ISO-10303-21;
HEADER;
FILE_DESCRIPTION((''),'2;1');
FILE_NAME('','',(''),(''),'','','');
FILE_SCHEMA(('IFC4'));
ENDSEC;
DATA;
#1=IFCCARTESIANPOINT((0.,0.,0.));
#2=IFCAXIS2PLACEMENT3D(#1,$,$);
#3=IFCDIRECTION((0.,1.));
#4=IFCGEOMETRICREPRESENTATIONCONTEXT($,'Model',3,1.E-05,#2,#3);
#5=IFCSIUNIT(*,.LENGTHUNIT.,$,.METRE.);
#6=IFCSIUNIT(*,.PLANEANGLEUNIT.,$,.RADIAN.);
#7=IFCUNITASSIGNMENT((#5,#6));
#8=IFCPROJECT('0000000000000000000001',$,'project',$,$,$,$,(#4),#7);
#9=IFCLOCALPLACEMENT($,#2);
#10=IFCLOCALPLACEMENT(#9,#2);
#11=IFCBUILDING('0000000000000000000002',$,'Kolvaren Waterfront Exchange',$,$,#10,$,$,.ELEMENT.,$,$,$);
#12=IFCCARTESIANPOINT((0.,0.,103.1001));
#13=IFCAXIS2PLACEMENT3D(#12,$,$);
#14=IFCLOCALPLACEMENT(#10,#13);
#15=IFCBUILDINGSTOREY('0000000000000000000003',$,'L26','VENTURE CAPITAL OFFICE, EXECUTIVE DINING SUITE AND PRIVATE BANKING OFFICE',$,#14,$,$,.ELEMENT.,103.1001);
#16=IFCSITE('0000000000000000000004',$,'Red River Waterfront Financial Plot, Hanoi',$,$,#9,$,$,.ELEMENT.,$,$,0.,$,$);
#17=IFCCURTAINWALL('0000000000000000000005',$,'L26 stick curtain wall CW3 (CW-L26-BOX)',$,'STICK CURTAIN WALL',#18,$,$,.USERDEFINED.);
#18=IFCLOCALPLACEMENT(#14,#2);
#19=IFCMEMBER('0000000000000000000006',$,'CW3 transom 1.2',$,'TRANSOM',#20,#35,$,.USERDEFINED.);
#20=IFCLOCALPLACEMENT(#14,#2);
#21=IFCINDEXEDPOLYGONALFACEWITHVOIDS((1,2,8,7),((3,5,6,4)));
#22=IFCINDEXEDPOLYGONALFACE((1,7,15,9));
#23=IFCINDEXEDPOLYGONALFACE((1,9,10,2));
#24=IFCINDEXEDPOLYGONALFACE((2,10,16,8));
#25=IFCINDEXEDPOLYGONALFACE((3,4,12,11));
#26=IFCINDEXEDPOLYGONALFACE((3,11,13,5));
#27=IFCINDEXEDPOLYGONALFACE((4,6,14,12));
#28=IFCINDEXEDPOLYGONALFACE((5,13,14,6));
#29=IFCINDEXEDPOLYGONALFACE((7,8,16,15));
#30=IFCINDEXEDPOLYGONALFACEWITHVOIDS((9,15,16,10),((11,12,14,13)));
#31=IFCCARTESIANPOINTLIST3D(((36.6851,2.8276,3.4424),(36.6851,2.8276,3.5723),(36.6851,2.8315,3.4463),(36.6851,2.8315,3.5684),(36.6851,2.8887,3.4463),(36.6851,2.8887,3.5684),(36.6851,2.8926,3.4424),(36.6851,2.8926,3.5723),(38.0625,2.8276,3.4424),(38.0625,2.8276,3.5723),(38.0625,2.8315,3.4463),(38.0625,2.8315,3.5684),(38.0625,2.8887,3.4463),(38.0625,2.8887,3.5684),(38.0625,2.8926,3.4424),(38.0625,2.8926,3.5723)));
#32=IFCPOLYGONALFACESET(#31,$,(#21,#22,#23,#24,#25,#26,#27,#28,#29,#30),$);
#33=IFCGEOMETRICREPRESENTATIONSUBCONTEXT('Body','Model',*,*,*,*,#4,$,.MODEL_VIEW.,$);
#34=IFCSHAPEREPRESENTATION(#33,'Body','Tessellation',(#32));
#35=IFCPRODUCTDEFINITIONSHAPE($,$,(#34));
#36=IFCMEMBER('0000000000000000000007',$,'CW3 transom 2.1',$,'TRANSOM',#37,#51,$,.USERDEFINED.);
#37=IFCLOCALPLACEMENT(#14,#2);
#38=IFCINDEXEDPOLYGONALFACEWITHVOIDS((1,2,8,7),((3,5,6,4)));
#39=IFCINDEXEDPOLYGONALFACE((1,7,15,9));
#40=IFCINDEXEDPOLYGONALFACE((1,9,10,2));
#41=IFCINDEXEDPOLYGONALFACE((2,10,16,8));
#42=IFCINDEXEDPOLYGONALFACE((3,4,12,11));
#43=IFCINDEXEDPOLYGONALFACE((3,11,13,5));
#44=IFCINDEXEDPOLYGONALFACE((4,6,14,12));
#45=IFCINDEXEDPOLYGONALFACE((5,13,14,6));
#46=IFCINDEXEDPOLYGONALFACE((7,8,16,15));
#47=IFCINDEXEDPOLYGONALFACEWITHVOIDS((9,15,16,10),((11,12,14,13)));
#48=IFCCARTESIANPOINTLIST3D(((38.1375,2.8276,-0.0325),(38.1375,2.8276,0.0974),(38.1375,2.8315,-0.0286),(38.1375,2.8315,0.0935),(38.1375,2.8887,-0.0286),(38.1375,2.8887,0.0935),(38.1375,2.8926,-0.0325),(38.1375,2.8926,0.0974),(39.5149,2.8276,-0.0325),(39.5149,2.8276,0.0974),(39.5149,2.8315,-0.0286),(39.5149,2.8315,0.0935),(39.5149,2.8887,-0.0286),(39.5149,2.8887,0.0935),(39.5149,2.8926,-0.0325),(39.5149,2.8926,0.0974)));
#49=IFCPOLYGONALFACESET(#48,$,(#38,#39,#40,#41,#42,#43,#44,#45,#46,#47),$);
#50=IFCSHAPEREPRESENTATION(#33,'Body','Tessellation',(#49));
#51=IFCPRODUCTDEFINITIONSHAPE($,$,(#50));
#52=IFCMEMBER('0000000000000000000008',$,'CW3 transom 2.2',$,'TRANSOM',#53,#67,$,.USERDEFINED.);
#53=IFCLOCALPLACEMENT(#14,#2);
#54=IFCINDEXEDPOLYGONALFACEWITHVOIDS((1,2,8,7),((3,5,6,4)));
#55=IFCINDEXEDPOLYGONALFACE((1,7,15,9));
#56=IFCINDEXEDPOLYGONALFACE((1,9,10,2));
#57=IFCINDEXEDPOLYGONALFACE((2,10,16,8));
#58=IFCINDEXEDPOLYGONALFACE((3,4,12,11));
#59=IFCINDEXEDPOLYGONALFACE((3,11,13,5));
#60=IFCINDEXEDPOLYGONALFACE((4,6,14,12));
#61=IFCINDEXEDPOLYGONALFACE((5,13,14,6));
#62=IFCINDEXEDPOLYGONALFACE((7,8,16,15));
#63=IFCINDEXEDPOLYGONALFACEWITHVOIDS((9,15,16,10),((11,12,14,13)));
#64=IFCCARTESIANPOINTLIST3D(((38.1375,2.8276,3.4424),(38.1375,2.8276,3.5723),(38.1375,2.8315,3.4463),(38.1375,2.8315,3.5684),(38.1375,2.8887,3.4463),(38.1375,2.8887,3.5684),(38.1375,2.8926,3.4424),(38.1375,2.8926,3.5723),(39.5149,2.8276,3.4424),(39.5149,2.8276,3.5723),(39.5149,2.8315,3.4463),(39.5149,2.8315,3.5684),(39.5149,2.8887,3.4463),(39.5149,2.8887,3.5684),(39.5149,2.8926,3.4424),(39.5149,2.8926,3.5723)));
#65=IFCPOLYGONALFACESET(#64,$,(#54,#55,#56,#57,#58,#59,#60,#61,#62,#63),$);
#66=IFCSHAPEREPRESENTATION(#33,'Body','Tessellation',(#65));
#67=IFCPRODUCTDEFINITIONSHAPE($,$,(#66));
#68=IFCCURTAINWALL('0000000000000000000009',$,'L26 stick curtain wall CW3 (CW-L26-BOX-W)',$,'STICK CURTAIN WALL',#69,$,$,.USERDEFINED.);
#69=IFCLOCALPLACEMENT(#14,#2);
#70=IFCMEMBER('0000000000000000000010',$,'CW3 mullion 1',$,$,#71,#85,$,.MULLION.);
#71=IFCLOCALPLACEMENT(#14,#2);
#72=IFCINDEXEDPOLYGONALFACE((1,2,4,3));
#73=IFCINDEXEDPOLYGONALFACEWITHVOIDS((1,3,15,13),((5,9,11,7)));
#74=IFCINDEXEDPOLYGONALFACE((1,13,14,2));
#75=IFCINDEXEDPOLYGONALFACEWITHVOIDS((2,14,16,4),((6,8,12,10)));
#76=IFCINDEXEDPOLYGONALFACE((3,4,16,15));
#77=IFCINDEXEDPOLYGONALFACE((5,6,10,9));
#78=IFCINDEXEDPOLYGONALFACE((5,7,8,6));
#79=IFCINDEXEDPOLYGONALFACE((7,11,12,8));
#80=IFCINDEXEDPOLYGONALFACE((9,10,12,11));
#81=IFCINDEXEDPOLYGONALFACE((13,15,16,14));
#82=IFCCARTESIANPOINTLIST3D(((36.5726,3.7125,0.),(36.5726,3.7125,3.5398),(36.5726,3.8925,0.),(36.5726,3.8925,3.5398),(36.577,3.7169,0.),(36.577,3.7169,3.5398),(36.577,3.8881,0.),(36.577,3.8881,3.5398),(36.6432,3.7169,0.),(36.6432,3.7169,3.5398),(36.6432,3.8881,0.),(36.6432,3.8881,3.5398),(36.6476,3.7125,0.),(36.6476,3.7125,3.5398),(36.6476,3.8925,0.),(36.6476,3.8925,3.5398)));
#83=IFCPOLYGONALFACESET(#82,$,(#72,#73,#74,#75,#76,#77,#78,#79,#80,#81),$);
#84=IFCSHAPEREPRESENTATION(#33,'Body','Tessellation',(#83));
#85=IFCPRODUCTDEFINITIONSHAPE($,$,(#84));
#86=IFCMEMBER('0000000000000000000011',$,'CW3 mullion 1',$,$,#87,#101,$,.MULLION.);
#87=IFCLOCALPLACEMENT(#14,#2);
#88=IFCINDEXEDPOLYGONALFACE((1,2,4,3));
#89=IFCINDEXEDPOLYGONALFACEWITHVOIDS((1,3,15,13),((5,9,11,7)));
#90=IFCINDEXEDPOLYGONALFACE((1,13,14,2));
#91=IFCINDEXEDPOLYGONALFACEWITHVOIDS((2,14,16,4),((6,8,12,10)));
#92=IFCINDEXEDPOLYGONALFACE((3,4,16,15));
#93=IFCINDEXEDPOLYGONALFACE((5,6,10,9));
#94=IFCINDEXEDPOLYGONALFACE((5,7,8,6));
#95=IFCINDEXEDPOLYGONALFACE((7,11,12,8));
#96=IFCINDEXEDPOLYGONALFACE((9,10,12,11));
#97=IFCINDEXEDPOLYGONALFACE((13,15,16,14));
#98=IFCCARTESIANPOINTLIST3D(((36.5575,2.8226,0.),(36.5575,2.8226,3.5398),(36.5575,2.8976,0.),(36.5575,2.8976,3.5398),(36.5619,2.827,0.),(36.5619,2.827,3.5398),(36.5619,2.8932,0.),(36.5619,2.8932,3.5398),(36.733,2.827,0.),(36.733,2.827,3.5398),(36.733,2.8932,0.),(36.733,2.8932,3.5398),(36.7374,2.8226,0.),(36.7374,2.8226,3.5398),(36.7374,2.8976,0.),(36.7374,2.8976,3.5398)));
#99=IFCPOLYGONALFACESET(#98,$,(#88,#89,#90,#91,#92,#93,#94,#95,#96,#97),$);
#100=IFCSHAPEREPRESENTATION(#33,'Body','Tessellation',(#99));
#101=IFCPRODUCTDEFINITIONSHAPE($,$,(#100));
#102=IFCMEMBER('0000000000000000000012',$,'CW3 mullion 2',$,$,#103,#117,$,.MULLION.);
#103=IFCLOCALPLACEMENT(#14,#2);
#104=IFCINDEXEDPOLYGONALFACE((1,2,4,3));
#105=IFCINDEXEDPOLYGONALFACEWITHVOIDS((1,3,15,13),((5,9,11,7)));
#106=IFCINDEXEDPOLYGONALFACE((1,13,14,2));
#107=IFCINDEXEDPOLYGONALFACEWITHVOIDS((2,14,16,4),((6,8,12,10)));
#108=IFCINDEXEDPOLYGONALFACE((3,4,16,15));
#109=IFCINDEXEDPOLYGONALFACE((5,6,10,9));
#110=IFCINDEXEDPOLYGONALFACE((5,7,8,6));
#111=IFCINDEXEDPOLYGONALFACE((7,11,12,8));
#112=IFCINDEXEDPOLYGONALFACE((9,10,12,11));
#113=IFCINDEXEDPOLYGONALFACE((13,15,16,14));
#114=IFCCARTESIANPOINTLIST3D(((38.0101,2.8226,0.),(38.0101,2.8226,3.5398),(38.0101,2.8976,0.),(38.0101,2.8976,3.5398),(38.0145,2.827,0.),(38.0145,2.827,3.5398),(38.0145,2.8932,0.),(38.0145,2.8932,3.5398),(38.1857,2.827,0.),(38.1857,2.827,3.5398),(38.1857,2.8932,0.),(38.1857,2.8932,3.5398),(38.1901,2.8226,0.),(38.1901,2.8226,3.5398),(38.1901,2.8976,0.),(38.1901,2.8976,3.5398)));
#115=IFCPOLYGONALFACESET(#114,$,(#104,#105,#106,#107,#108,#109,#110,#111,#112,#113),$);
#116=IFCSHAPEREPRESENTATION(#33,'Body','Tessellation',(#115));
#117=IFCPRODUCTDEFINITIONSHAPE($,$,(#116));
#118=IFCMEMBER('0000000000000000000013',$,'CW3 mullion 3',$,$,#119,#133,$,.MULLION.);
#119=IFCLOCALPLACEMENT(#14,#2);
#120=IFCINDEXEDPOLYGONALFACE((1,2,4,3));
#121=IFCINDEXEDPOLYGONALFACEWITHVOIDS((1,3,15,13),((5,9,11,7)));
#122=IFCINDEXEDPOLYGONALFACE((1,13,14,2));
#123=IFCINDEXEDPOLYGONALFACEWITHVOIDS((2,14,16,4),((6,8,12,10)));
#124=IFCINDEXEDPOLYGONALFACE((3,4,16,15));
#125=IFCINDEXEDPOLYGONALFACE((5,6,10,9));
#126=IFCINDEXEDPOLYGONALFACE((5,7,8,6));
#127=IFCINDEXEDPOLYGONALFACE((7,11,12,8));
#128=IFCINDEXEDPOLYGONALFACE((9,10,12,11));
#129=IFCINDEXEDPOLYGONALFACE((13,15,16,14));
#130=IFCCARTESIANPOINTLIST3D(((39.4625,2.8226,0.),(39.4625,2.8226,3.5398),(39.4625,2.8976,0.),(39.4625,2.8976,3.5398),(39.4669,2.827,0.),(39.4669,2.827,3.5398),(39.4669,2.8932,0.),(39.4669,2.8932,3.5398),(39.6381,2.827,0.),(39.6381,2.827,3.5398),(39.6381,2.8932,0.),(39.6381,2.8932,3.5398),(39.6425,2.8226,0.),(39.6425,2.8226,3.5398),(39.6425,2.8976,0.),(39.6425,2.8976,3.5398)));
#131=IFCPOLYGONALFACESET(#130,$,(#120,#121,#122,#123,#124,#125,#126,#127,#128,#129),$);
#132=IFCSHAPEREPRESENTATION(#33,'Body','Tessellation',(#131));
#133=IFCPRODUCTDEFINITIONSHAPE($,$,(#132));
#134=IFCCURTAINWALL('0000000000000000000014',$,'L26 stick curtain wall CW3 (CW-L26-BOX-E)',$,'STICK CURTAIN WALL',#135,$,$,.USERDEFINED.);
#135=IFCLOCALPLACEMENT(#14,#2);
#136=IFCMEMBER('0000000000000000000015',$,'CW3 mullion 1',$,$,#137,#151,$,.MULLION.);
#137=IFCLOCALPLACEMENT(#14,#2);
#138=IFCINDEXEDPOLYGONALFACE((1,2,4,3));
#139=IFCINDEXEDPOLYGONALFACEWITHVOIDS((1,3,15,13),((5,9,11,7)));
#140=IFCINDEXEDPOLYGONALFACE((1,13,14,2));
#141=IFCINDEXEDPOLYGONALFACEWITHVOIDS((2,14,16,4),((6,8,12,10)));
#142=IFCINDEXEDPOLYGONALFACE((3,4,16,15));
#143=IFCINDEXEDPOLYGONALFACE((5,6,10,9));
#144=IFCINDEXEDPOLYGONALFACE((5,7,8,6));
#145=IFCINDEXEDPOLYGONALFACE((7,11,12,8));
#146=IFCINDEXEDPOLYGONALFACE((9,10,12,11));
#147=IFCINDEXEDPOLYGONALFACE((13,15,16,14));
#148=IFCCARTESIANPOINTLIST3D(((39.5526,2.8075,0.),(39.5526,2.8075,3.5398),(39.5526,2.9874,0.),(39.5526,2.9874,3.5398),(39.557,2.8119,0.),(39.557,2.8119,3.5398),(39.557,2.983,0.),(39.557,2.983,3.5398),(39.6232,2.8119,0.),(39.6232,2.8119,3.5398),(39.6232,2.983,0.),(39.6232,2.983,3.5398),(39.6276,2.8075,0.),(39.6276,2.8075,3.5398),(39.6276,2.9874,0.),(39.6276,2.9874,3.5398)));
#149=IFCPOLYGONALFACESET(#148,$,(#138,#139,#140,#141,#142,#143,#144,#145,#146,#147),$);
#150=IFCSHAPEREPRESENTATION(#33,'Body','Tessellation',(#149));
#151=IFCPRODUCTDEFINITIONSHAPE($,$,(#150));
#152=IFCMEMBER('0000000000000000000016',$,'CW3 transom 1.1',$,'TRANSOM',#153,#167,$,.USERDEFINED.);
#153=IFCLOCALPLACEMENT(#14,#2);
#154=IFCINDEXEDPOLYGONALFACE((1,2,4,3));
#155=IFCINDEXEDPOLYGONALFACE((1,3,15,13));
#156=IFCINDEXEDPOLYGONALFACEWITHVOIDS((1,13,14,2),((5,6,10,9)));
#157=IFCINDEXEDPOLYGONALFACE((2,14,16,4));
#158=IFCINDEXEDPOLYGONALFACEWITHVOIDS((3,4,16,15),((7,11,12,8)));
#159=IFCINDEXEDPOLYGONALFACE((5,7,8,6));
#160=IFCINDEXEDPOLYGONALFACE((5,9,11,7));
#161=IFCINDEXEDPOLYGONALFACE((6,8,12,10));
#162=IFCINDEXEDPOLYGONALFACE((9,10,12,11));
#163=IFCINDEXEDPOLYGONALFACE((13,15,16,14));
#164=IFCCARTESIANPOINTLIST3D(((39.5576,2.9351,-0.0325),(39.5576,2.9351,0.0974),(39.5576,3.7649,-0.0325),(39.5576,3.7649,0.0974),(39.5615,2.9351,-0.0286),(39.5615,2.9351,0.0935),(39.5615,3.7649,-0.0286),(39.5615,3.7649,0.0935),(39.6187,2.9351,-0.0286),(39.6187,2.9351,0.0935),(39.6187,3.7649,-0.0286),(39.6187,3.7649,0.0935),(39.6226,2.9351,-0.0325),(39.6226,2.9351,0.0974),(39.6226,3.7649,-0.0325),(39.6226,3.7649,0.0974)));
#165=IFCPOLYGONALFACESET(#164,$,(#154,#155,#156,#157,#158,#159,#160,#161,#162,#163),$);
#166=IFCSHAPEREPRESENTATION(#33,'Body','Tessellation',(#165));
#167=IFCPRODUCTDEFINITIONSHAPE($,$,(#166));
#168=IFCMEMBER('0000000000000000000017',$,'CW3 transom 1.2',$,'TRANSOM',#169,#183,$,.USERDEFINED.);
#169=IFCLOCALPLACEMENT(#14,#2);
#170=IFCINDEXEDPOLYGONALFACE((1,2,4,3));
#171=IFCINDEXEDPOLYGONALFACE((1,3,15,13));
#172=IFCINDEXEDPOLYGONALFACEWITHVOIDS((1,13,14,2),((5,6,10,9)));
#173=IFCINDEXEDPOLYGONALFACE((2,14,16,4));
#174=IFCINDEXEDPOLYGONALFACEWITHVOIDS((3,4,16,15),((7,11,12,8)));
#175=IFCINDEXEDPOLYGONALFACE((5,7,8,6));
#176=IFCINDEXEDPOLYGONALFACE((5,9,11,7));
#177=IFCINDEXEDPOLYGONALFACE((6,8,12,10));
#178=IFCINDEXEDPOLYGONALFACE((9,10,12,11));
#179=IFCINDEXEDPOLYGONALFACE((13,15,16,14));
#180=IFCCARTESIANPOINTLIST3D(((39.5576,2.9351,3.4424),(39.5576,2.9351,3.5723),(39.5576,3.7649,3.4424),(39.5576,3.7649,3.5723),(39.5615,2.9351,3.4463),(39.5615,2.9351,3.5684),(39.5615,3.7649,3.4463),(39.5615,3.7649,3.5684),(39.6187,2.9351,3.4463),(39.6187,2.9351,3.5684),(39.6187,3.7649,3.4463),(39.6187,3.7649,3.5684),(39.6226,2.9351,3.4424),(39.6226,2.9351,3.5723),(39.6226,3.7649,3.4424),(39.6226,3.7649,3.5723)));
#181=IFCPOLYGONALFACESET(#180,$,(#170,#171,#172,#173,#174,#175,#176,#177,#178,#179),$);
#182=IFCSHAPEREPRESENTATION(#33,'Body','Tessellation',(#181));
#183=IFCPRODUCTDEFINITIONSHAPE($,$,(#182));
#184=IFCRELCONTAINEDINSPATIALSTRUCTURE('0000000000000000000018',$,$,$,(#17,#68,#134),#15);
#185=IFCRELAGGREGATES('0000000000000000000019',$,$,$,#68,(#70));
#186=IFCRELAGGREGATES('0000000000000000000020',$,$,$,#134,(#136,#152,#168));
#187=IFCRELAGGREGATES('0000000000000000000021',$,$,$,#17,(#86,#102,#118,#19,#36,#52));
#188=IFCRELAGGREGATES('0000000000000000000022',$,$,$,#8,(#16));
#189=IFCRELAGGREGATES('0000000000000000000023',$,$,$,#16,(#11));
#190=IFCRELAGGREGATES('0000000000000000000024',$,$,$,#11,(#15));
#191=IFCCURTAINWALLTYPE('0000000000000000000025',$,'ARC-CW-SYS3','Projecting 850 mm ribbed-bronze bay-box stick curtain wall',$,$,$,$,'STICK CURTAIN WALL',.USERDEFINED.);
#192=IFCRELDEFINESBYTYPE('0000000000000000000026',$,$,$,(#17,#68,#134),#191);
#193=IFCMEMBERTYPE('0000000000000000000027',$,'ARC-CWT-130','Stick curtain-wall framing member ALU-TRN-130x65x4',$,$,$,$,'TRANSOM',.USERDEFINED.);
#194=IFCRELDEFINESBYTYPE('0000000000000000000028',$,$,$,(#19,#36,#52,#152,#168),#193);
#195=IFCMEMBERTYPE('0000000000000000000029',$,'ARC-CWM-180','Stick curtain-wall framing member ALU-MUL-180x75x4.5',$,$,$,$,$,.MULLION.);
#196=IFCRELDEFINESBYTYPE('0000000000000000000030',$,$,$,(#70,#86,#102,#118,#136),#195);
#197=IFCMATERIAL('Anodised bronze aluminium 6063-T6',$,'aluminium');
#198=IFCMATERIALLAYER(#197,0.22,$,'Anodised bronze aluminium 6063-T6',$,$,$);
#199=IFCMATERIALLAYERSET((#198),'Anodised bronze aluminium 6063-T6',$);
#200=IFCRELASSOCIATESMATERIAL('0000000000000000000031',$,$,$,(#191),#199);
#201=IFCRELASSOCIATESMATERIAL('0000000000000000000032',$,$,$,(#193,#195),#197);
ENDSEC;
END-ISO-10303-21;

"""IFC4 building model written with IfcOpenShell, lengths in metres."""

from ifc_helpers import new_model, si_unit, direction, frame, origin, origin_with_axes, origin_2d, place, context, subcontext, project, spatial, hollow_rectangle, extrude, source, transform, mapped, material, layer, layer_set, material_profile, profile_set, type_object, element, aggregate, save


model = new_model("IFC4")

# Units and contexts
model_context = context("Model", 3, precision=1e-05, world=origin(), true_north=direction((0.0, 1.0)))
body_context = subcontext(model_context, "Body", "Model", "MODEL_VIEW")
ifc_project = project(units=[si_unit("LENGTHUNIT", "METRE"), si_unit("PLANEANGLEUNIT", "RADIAN")], contexts=[model_context])

# Site, building, storey
site_placement = place(None, origin())
site = spatial("IfcSite", under=ifc_project, at=site_placement, Name="Red River Waterfront Financial Plot, Hanoi", CompositionType="ELEMENT", RefElevation=0.0)
building_placement = place(site_placement, origin())
building = spatial("IfcBuilding", under=site, at=building_placement, Name="Kolvaren Waterfront Exchange", CompositionType="ELEMENT")
storey_placement = place(building_placement, frame((0.0, 0.0, 103.1001)))
storey = spatial("IfcBuildingStorey", under=building, at=storey_placement, Name="L26", Description="VENTURE CAPITAL OFFICE, EXECUTIVE DINING SUITE AND PRIVATE BANKING OFFICE", CompositionType="ELEMENT", Elevation=103.1001)

# Curtain wall, members
ifc_material_1 = material(Name="Anodised bronze aluminium 6063-T6", Category="aluminium")
ifc_layer_1 = layer(ifc_material_1, 0.22, Name="Anodised bronze aluminium 6063-T6")
ifc_layer_set_1 = layer_set([ifc_layer_1], Name="Anodised bronze aluminium 6063-T6")
curtain_wall_type = type_object("IfcCurtainWallType", Name="ARC-CW-SYS3", Description="Projecting 850 mm ribbed-bronze bay-box stick curtain wall", ElementType="STICK CURTAIN WALL", PredefinedType="USERDEFINED", material=ifc_layer_set_1)
curtain_wall_1_placement = place(storey_placement, origin())
curtain_wall_1 = element("IfcCurtainWall", 1, at=curtain_wall_1_placement, inside=storey, type_object=curtain_wall_type, Name="L26 stick curtain wall CW3 (CW-L26-BOX)", ObjectType="STICK CURTAIN WALL", PredefinedType="USERDEFINED")
ifc_material_profile_1 = material_profile(ifc_material_1, hollow_rectangle(XDim=0.0649, YDim=0.1299, WallThickness=0.0039, at=origin_2d()), Name="ALU-TRN-130x65x4")
ifc_profile_set_1 = profile_set([ifc_material_profile_1], Name="Anodised bronze aluminium 6063-T6")
member_type_1 = type_object("IfcMemberType", Name="ARC-CWT-130", Description="Stick curtain-wall framing member ALU-TRN-130x65x4", ElementType="TRANSOM", PredefinedType="USERDEFINED", material=ifc_profile_set_1)
shared_shape_1 = source(origin_with_axes(), body_context, "Body", "SweptSolid", [
    extrude(hollow_rectangle(XDim=0.0649, YDim=0.1299, WallThickness=0.0039, at=origin_2d()), origin(), (0.0, 0.0, 1.0), 1.3774),
])
member_1_placement = place(storey_placement, frame((36.6851, 2.8601, 3.5073), z_axis=(1.0, 0.0, 0.0), x_axis=(0.0, 1.0, 0.0)))
member_1 = element("IfcMember", 2, at=member_1_placement, type_object=member_type_1, Name="CW3 transom 1.2", ObjectType="TRANSOM", PredefinedType="USERDEFINED", context=body_context, shape_type="MappedRepresentation", body=[
    mapped(shared_shape_1, transform((0.0, 0.0, 0.0), x_axis=(1.0, 0.0, 0.0), y_axis=(0.0, 1.0, 0.0), z_axis=(0.0, 0.0, 1.0), scale=1.0)),
])
member_2_placement = place(storey_placement, frame((38.1375, 2.8601, 0.0325), z_axis=(1.0, 0.0, 0.0), x_axis=(0.0, 1.0, 0.0)))
member_2 = element("IfcMember", 3, at=member_2_placement, type_object=member_type_1, Name="CW3 transom 2.1", ObjectType="TRANSOM", PredefinedType="USERDEFINED", context=body_context, shape_type="MappedRepresentation", body=[
    mapped(shared_shape_1, transform((0.0, 0.0, 0.0), x_axis=(1.0, 0.0, 0.0), y_axis=(0.0, 1.0, 0.0), z_axis=(0.0, 0.0, 1.0), scale=1.0)),
])
member_3_placement = place(storey_placement, frame((38.1375, 2.8601, 3.5073), z_axis=(1.0, 0.0, 0.0), x_axis=(0.0, 1.0, 0.0)))
member_3 = element("IfcMember", 4, at=member_3_placement, type_object=member_type_1, Name="CW3 transom 2.2", ObjectType="TRANSOM", PredefinedType="USERDEFINED", context=body_context, shape_type="MappedRepresentation", body=[
    mapped(shared_shape_1, transform((0.0, 0.0, 0.0), x_axis=(1.0, 0.0, 0.0), y_axis=(0.0, 1.0, 0.0), z_axis=(0.0, 0.0, 1.0), scale=1.0)),
])

# Curtain wall, member
curtain_wall_2_placement = place(storey_placement, origin())
curtain_wall_2 = element("IfcCurtainWall", 5, at=curtain_wall_2_placement, inside=storey, type_object=curtain_wall_type, Name="L26 stick curtain wall CW3 (CW-L26-BOX-W)", ObjectType="STICK CURTAIN WALL", PredefinedType="USERDEFINED")
ifc_material_profile_2 = material_profile(ifc_material_1, hollow_rectangle(XDim=0.075, YDim=0.1799, WallThickness=0.0044, at=origin_2d()), Name="ALU-MUL-180x75x4.5")
ifc_profile_set_2 = profile_set([ifc_material_profile_2], Name="Anodised bronze aluminium 6063-T6")
member_type_2 = type_object("IfcMemberType", Name="ARC-CWM-180", Description="Stick curtain-wall framing member ALU-MUL-180x75x4.5", PredefinedType="MULLION", material=ifc_profile_set_2)
shared_shape_2 = source(origin_with_axes(), body_context, "Body", "SweptSolid", [
    extrude(hollow_rectangle(XDim=0.075, YDim=0.1799, WallThickness=0.0044, at=origin_2d()), origin(), (0.0, 0.0, 1.0), 3.5398),
])
member_4_placement = place(storey_placement, frame((36.6101, 3.8025, 0.0), z_axis=(0.0, 0.0, 1.0), x_axis=(1.0, 0.0, 0.0)))
member_4 = element("IfcMember", 6, at=member_4_placement, type_object=member_type_2, Name="CW3 mullion 1", PredefinedType="MULLION", context=body_context, shape_type="MappedRepresentation", body=[
    mapped(shared_shape_2, transform((0.0, 0.0, 0.0), x_axis=(1.0, 0.0, 0.0), y_axis=(0.0, 1.0, 0.0), z_axis=(0.0, 0.0, 1.0), scale=1.0)),
])
aggregate(curtain_wall_2, [member_4])

# Members
member_5_placement = place(storey_placement, frame((36.6475, 2.8601, 0.0), z_axis=(0.0, 0.0, 1.0), x_axis=(0.0, 1.0, 0.0)))
member_5 = element("IfcMember", 7, at=member_5_placement, type_object=member_type_2, Name="CW3 mullion 1", PredefinedType="MULLION", context=body_context, shape_type="MappedRepresentation", body=[
    mapped(shared_shape_2, transform((0.0, 0.0, 0.0), x_axis=(1.0, 0.0, 0.0), y_axis=(0.0, 1.0, 0.0), z_axis=(0.0, 0.0, 1.0), scale=1.0)),
])
member_6_placement = place(storey_placement, frame((38.1001, 2.8601, 0.0), z_axis=(0.0, 0.0, 1.0), x_axis=(0.0, 1.0, 0.0)))
member_6 = element("IfcMember", 8, at=member_6_placement, type_object=member_type_2, Name="CW3 mullion 2", PredefinedType="MULLION", context=body_context, shape_type="MappedRepresentation", body=[
    mapped(shared_shape_2, transform((0.0, 0.0, 0.0), x_axis=(1.0, 0.0, 0.0), y_axis=(0.0, 1.0, 0.0), z_axis=(0.0, 0.0, 1.0), scale=1.0)),
])
member_7_placement = place(storey_placement, frame((39.5525, 2.8601, 0.0), z_axis=(0.0, 0.0, 1.0), x_axis=(0.0, 1.0, 0.0)))
member_7 = element("IfcMember", 9, at=member_7_placement, type_object=member_type_2, Name="CW3 mullion 3", PredefinedType="MULLION", context=body_context, shape_type="MappedRepresentation", body=[
    mapped(shared_shape_2, transform((0.0, 0.0, 0.0), x_axis=(1.0, 0.0, 0.0), y_axis=(0.0, 1.0, 0.0), z_axis=(0.0, 0.0, 1.0), scale=1.0)),
])

# Curtain wall, members
curtain_wall_3_placement = place(storey_placement, origin())
curtain_wall_3 = element("IfcCurtainWall", 10, at=curtain_wall_3_placement, inside=storey, type_object=curtain_wall_type, Name="L26 stick curtain wall CW3 (CW-L26-BOX-E)", ObjectType="STICK CURTAIN WALL", PredefinedType="USERDEFINED")
member_8_placement = place(storey_placement, frame((39.5901, 2.8975, 0.0), z_axis=(0.0, 0.0, 1.0), x_axis=(-1.0, 0.0, 0.0)))
member_8 = element("IfcMember", 11, at=member_8_placement, type_object=member_type_2, Name="CW3 mullion 1", PredefinedType="MULLION", context=body_context, shape_type="MappedRepresentation", body=[
    mapped(shared_shape_2, transform((0.0, 0.0, 0.0), x_axis=(1.0, 0.0, 0.0), y_axis=(0.0, 1.0, 0.0), z_axis=(0.0, 0.0, 1.0), scale=1.0)),
])
shared_shape_3 = source(origin_with_axes(), body_context, "Body", "SweptSolid", [
    extrude(hollow_rectangle(XDim=0.0649, YDim=0.1299, WallThickness=0.0039, at=origin_2d()), origin(), (0.0, 0.0, 1.0), 0.8298),
])
member_9_placement = place(storey_placement, frame((39.5901, 2.9351, 0.0325), z_axis=(0.0, 1.0, 0.0), x_axis=(-1.0, 0.0, 0.0)))
member_9 = element("IfcMember", 12, at=member_9_placement, type_object=member_type_1, Name="CW3 transom 1.1", ObjectType="TRANSOM", PredefinedType="USERDEFINED", context=body_context, shape_type="MappedRepresentation", body=[
    mapped(shared_shape_3, transform((0.0, 0.0, 0.0), x_axis=(1.0, 0.0, 0.0), y_axis=(0.0, 1.0, 0.0), z_axis=(0.0, 0.0, 1.0), scale=1.0)),
])
member_10_placement = place(storey_placement, frame((39.5901, 2.9351, 3.5073), z_axis=(0.0, 1.0, 0.0), x_axis=(-1.0, 0.0, 0.0)))
member_10 = element("IfcMember", 13, at=member_10_placement, type_object=member_type_1, Name="CW3 transom 1.2", ObjectType="TRANSOM", PredefinedType="USERDEFINED", context=body_context, shape_type="MappedRepresentation", body=[
    mapped(shared_shape_3, transform((0.0, 0.0, 0.0), x_axis=(1.0, 0.0, 0.0), y_axis=(0.0, 1.0, 0.0), z_axis=(0.0, 0.0, 1.0), scale=1.0)),
])
aggregate(curtain_wall_3, [member_8, member_9, member_10])

aggregate(curtain_wall_1, [member_5, member_6, member_7, member_1, member_2, member_3])

save(model, "model.ifc")
